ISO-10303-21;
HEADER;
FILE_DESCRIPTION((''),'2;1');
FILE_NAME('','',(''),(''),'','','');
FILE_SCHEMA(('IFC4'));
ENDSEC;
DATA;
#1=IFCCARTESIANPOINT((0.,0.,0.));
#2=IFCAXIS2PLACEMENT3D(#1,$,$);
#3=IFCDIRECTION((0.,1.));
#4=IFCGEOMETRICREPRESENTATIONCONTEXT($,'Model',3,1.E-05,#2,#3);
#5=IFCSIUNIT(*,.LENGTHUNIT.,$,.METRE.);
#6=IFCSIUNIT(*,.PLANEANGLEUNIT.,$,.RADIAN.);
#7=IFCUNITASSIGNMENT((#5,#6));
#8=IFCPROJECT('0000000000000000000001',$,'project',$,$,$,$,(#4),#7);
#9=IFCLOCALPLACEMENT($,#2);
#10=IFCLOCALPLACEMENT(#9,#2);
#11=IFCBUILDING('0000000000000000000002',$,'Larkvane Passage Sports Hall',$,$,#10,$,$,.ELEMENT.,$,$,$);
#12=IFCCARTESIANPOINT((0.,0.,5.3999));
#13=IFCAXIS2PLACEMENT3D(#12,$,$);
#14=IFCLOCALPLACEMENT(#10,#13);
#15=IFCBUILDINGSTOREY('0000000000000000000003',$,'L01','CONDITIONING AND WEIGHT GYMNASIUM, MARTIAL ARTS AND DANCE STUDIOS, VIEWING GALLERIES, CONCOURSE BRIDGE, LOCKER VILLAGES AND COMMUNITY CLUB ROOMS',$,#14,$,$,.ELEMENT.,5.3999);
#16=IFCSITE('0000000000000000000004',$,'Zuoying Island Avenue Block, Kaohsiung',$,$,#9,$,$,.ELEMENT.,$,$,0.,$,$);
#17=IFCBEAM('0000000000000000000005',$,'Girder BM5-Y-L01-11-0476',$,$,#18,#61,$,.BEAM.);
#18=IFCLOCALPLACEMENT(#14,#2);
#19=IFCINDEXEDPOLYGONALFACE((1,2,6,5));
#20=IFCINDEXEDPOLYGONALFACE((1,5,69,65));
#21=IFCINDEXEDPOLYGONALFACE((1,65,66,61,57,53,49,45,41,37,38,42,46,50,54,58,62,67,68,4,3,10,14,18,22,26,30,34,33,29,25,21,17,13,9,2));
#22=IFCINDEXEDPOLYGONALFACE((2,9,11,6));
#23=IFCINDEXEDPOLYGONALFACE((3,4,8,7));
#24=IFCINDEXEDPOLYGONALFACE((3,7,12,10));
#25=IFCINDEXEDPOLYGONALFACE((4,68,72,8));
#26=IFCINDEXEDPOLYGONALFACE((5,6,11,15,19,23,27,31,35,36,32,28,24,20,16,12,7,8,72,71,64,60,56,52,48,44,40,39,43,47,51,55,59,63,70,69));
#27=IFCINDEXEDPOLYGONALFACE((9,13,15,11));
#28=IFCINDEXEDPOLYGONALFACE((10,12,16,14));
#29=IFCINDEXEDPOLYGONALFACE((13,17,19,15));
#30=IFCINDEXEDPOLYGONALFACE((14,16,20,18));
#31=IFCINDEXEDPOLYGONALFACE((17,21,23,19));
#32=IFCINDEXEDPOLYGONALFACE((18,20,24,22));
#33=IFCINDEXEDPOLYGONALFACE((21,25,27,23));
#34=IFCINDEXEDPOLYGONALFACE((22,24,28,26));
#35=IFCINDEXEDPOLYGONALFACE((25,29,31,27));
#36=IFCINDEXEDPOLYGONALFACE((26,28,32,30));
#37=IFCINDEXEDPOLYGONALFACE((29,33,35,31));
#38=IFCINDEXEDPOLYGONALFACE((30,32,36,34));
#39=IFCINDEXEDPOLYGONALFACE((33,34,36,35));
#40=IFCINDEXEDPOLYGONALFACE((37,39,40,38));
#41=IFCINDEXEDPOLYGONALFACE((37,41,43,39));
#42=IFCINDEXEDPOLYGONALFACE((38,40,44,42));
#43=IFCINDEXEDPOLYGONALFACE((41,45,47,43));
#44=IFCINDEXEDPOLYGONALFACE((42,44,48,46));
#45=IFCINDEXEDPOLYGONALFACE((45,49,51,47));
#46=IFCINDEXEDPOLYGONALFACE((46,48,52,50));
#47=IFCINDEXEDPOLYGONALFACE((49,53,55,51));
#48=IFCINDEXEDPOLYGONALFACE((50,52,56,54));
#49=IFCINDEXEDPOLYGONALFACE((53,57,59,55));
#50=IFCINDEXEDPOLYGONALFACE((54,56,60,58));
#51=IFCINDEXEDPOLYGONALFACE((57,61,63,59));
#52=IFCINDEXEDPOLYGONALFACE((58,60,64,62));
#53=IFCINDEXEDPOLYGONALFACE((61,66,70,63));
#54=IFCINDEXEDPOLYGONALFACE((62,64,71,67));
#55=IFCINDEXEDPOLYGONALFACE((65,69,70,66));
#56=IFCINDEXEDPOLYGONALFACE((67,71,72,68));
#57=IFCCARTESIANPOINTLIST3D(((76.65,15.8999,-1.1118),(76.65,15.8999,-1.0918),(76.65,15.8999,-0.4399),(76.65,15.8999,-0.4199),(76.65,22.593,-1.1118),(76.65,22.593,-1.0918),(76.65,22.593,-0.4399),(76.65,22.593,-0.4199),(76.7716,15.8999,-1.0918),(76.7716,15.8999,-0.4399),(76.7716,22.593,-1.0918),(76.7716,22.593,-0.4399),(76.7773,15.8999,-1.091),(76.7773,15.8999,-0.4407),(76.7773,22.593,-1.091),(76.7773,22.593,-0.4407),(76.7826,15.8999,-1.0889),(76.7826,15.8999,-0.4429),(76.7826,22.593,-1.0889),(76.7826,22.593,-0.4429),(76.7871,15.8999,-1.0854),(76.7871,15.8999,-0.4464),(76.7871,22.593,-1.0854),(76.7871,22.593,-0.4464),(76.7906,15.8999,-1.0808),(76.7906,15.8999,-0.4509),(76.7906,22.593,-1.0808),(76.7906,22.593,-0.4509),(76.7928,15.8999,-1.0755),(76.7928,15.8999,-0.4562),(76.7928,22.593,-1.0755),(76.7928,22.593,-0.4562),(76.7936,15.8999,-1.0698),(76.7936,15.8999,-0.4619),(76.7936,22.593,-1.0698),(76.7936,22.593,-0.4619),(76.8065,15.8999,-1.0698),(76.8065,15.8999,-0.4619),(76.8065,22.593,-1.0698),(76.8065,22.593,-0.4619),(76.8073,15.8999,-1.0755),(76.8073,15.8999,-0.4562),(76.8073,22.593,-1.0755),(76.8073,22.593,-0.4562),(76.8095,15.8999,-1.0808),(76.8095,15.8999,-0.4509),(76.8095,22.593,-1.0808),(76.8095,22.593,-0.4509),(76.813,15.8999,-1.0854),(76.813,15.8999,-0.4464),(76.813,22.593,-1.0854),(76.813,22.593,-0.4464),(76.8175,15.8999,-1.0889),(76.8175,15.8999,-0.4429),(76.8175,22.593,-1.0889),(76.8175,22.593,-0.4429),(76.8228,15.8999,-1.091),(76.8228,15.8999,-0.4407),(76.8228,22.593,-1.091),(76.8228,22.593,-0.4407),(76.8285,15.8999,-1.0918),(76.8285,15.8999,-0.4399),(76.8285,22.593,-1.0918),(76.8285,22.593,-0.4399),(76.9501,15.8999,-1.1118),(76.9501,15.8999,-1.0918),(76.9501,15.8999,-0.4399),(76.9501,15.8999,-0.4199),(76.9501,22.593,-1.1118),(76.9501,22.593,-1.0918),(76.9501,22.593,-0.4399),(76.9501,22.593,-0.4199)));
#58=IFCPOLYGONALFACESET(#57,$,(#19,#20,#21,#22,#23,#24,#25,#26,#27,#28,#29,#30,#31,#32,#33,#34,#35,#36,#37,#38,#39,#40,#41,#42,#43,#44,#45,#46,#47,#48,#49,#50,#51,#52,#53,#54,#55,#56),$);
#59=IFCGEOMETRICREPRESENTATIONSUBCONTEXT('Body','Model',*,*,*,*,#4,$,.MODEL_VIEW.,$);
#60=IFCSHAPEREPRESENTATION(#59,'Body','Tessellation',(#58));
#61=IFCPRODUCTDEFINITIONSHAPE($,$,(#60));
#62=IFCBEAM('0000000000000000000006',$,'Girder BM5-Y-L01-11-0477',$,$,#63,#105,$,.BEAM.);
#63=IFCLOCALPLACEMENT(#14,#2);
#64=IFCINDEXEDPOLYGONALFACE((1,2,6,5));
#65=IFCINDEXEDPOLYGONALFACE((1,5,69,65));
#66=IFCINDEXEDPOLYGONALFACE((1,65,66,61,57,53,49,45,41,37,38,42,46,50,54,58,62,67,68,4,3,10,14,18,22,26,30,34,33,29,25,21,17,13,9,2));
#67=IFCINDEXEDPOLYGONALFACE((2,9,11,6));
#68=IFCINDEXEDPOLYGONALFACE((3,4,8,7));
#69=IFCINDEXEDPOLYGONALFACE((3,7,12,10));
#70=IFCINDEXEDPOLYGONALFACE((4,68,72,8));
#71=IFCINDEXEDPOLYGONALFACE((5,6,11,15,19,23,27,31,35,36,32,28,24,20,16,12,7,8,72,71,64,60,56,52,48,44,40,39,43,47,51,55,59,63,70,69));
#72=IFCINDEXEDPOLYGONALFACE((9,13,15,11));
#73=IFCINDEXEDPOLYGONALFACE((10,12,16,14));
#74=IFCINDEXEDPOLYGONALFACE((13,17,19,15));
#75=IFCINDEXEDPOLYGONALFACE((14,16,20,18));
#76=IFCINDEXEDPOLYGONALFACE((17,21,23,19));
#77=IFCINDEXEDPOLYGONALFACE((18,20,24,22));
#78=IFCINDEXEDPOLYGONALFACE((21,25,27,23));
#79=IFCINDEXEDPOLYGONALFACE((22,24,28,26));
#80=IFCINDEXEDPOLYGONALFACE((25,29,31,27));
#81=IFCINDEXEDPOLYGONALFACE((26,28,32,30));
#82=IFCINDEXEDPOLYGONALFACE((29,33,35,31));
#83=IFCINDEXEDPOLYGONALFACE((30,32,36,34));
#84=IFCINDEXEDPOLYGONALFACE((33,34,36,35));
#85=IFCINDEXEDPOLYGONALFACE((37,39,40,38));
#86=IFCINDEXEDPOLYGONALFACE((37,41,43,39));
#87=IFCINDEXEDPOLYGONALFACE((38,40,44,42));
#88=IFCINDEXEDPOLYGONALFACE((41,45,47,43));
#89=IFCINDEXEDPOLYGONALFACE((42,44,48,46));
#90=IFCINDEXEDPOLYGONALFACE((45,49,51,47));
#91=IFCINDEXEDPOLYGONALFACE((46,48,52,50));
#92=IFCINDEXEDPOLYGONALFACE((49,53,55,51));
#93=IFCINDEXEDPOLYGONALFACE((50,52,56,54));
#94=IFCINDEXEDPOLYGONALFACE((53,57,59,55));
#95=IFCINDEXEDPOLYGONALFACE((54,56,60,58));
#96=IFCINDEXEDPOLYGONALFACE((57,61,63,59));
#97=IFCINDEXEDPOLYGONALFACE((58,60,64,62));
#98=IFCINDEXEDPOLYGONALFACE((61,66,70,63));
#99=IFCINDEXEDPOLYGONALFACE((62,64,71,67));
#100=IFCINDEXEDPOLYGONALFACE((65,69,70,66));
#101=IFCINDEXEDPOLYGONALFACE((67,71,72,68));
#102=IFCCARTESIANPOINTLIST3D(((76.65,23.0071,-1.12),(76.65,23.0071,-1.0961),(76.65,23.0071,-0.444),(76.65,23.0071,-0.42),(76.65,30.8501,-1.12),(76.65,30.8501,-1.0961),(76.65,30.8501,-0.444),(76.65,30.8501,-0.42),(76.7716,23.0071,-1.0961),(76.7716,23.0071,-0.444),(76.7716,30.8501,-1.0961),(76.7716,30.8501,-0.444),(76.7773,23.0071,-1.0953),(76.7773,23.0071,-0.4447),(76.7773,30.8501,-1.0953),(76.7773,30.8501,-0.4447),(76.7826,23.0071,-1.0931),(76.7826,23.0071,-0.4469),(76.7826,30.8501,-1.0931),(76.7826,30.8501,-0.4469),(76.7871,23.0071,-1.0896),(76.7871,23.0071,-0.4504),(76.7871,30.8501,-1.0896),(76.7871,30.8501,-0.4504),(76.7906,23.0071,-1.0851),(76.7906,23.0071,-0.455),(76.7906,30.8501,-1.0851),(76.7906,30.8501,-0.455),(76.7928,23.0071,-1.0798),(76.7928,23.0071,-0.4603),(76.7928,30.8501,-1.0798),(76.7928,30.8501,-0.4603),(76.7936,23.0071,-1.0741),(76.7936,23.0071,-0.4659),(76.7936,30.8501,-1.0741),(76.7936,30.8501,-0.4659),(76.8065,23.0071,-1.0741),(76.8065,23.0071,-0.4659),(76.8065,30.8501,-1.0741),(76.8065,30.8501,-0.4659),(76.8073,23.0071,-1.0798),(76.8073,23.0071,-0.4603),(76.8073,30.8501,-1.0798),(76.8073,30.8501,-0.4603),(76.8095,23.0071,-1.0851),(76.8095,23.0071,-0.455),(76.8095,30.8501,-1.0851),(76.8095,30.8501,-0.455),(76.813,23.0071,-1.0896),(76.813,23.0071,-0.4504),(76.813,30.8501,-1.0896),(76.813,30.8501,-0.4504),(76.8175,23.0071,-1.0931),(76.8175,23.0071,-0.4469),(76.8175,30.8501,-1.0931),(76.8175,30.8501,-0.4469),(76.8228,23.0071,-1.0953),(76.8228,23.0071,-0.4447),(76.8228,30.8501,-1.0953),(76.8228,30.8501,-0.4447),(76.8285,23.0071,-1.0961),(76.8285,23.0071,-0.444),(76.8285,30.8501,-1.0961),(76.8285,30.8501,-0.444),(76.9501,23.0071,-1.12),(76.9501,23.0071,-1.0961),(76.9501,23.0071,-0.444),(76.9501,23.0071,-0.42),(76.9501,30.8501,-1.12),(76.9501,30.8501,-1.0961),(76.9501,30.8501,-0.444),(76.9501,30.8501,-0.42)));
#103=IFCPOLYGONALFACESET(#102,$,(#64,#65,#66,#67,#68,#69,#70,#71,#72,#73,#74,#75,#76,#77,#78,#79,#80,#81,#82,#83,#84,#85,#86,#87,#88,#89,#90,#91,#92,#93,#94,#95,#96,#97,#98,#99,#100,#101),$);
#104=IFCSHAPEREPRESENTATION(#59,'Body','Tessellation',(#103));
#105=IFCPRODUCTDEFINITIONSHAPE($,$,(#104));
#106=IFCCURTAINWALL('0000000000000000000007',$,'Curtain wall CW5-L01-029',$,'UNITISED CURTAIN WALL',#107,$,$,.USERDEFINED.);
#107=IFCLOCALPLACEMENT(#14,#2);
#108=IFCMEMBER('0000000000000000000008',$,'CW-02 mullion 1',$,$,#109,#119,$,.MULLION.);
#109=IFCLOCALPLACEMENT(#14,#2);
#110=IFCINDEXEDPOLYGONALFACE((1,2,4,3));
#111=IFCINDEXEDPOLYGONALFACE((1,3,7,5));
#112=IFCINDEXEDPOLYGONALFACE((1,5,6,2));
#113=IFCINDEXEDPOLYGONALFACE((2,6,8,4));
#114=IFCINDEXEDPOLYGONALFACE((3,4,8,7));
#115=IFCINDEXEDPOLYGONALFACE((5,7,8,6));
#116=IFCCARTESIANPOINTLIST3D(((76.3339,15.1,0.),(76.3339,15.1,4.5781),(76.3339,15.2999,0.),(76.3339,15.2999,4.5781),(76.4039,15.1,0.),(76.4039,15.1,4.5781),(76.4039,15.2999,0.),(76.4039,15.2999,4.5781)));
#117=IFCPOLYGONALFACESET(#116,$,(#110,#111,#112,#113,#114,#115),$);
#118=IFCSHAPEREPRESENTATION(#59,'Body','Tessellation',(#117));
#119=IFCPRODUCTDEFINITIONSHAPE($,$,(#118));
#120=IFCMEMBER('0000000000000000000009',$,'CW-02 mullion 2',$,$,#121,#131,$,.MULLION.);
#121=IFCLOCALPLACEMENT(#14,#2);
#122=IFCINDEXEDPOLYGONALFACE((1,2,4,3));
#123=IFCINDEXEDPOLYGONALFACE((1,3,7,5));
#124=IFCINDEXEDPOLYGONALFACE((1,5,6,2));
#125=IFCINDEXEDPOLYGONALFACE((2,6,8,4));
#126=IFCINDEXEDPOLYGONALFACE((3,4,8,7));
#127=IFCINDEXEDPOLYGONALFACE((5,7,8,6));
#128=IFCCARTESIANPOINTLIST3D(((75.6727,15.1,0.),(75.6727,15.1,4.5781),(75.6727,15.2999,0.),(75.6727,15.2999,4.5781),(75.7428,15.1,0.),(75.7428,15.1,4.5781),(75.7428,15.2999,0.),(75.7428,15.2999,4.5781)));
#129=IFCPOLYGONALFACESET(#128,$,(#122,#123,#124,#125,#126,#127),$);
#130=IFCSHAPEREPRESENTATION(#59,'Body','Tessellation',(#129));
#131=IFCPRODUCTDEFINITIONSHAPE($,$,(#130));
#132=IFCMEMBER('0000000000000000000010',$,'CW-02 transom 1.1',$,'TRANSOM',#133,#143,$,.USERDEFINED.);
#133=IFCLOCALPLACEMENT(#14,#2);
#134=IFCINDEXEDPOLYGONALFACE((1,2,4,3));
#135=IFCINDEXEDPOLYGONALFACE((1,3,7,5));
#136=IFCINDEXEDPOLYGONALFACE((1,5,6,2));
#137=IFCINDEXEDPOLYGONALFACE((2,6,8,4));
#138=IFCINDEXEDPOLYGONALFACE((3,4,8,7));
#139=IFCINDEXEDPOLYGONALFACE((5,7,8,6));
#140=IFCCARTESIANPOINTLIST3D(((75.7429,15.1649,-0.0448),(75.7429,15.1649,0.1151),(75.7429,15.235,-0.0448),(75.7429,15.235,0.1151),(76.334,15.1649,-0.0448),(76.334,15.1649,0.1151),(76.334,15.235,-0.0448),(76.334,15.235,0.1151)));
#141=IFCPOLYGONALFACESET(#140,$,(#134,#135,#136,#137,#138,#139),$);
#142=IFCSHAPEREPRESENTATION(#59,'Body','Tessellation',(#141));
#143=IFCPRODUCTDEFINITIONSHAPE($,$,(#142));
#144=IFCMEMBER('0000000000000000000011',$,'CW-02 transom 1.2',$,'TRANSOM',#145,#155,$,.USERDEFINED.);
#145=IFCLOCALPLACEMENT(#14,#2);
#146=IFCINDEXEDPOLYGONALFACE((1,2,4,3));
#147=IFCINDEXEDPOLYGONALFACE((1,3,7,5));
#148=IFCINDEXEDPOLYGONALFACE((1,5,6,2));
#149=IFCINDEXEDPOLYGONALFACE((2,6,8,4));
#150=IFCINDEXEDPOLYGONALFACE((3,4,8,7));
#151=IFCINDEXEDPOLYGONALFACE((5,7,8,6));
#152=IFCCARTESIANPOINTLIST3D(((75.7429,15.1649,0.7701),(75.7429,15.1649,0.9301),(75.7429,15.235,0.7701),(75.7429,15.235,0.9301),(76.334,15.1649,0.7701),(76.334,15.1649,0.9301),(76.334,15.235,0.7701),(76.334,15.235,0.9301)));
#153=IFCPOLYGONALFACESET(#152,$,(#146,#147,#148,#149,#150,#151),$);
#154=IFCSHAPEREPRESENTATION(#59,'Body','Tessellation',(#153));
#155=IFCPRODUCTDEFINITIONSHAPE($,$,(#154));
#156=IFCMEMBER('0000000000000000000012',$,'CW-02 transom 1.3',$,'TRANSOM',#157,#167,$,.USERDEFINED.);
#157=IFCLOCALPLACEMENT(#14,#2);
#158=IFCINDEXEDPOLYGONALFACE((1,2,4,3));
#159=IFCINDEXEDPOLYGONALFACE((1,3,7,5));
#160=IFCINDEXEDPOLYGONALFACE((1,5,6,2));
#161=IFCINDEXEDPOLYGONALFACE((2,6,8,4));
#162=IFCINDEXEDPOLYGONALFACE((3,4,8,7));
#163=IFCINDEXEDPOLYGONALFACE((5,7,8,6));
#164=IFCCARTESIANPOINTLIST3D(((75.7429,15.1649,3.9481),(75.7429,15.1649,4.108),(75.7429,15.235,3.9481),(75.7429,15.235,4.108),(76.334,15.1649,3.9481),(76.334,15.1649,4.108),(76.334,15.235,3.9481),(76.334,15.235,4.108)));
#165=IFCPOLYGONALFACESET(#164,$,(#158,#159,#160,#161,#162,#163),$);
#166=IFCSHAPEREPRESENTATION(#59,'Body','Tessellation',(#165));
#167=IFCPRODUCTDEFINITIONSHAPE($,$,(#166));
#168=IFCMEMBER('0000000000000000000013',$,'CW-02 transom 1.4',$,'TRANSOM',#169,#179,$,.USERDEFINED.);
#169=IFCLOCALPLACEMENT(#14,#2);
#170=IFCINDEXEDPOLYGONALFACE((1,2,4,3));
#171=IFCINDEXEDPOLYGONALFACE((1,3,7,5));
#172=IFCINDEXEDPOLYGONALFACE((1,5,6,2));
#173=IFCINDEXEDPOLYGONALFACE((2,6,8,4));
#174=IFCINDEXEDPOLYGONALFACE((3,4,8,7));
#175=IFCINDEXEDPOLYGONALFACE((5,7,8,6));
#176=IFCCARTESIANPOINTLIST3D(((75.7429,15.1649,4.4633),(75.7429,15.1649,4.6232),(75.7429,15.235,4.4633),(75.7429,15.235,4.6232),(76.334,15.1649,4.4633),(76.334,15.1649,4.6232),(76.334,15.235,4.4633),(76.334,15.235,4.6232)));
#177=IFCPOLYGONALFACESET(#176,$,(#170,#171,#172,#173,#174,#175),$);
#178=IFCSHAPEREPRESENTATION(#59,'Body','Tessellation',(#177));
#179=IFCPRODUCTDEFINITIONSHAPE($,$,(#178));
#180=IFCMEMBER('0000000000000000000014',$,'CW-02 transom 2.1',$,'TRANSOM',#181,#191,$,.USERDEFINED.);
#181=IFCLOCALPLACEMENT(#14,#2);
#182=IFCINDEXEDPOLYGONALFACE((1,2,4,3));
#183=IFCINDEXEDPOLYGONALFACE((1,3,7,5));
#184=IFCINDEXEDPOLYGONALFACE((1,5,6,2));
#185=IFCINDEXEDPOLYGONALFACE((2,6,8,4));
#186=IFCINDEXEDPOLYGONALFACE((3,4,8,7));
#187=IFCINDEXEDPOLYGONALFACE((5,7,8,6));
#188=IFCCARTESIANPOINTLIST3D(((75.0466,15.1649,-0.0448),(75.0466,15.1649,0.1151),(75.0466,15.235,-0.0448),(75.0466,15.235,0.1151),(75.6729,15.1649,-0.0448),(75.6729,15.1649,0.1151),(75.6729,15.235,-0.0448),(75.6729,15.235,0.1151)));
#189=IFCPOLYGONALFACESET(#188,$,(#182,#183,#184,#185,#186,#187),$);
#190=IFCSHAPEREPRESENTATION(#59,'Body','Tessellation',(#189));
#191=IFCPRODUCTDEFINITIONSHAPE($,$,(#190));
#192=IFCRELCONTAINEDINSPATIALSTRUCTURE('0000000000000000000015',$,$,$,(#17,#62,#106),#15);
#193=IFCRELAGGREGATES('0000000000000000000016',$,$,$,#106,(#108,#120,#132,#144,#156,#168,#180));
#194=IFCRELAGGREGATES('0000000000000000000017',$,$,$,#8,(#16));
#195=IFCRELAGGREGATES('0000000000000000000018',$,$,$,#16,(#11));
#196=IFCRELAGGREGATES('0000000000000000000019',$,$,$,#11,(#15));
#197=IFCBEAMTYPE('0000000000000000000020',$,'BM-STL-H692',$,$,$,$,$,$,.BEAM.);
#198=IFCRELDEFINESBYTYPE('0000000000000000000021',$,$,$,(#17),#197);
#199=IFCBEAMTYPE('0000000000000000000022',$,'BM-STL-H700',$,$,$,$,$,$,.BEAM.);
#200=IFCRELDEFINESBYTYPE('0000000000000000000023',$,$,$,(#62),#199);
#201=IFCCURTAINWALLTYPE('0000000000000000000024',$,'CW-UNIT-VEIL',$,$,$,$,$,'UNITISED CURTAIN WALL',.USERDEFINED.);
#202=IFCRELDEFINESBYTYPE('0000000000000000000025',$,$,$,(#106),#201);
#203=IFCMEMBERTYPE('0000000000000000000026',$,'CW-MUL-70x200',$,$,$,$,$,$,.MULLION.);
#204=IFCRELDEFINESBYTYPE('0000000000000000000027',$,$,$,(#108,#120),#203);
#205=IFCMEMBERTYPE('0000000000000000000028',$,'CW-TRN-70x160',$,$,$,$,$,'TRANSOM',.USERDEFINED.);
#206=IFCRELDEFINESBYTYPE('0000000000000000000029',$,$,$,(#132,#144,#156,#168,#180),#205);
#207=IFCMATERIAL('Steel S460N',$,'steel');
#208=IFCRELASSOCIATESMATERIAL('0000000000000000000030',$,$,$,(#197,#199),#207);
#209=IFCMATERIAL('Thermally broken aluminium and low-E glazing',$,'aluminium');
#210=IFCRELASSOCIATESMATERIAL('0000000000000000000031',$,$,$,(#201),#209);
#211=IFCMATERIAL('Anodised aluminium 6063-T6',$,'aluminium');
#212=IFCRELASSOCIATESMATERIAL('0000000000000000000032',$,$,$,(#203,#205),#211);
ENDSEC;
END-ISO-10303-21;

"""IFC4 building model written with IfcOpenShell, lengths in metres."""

from ifc_helpers import new_model, si_unit, direction, frame, origin, origin_2d, place, context, subcontext, project, spatial, rectangle, i_section, extrude, material, material_profile, profile_set, type_object, element, aggregate, save


model = new_model("IFC4")

# Units and contexts
model_context = context("Model", 3, precision=1e-05, world=origin(), true_north=direction((0.0, 1.0)))
body_context = subcontext(model_context, "Body", "Model", "MODEL_VIEW")
ifc_project = project(units=[si_unit("LENGTHUNIT", "METRE"), si_unit("PLANEANGLEUNIT", "RADIAN")], contexts=[model_context])

# Site, building, storey
site_placement = place(None, origin())
site = spatial("IfcSite", under=ifc_project, at=site_placement, Name="Zuoying Island Avenue Block, Kaohsiung", CompositionType="ELEMENT", RefElevation=0.0)
building_placement = place(site_placement, origin())
building = spatial("IfcBuilding", under=site, at=building_placement, Name="Larkvane Passage Sports Hall", CompositionType="ELEMENT")
storey_placement = place(building_placement, frame((0.0, 0.0, 5.3999)))
storey = spatial("IfcBuildingStorey", under=building, at=storey_placement, Name="L01", Description="CONDITIONING AND WEIGHT GYMNASIUM, MARTIAL ARTS AND DANCE STUDIOS, VIEWING GALLERIES, CONCOURSE BRIDGE, LOCKER VILLAGES AND COMMUNITY CLUB ROOMS", CompositionType="ELEMENT", Elevation=5.3999)

# Shared definitions
ifc_material_1 = material(Name="Steel S460N", Category="steel")

# Beams
ifc_material_profile_1 = material_profile(ifc_material_1, i_section(OverallWidth=0.3, OverallDepth=0.6919, WebThickness=0.0129, FlangeThickness=0.02, FilletRadius=0.022, at=origin_2d()), Name="H-692x300x13x20")
ifc_profile_set_1 = profile_set([ifc_material_profile_1], Name="Steel S460N")
beam_type_1 = type_object("IfcBeamType", Name="BM-STL-H692", PredefinedType="BEAM", material=ifc_profile_set_1)
beam_1_placement = place(storey_placement, frame((76.8, 15.8999, -0.7659), z_axis=(0.0, 1.0, 0.0), x_axis=(-1.0, 0.0, 0.0)))
element("IfcBeam", 1, at=beam_1_placement, inside=storey, type_object=beam_type_1, Name="Girder BM5-Y-L01-11-0476", PredefinedType="BEAM", context=body_context, shape_type="SweptSolid", body=[
    extrude(i_section(OverallWidth=0.3, OverallDepth=0.6919, WebThickness=0.0129, FlangeThickness=0.02, FilletRadius=0.022, at=origin_2d()), origin(), (0.0, 0.0, 1.0), 6.6931),
])
ifc_material_profile_2 = material_profile(ifc_material_1, i_section(OverallWidth=0.3, OverallDepth=0.7, WebThickness=0.0129, FlangeThickness=0.0239, FilletRadius=0.022, at=origin_2d()), Name="H-700x300x13x24")
ifc_profile_set_2 = profile_set([ifc_material_profile_2], Name="Steel S460N")
beam_type_2 = type_object("IfcBeamType", Name="BM-STL-H700", PredefinedType="BEAM", material=ifc_profile_set_2)
beam_2_placement = place(storey_placement, frame((76.8, 23.0071, -0.77), z_axis=(0.0, 1.0, 0.0), x_axis=(-1.0, 0.0, 0.0)))
element("IfcBeam", 2, at=beam_2_placement, inside=storey, type_object=beam_type_2, Name="Girder BM5-Y-L01-11-0477", PredefinedType="BEAM", context=body_context, shape_type="SweptSolid", body=[
    extrude(i_section(OverallWidth=0.3, OverallDepth=0.7, WebThickness=0.0129, FlangeThickness=0.0239, FilletRadius=0.022, at=origin_2d()), origin(), (0.0, 0.0, 1.0), 7.843),
])

# Curtain wall, members
ifc_material_2 = material(Name="Thermally broken aluminium and low-E glazing", Category="aluminium")
curtain_wall_type = type_object("IfcCurtainWallType", Name="CW-UNIT-VEIL", ElementType="UNITISED CURTAIN WALL", PredefinedType="USERDEFINED", material=ifc_material_2)
curtain_wall_placement = place(storey_placement, origin())
curtain_wall = element("IfcCurtainWall", 3, at=curtain_wall_placement, inside=storey, type_object=curtain_wall_type, Name="Curtain wall CW5-L01-029", ObjectType="UNITISED CURTAIN WALL", PredefinedType="USERDEFINED")
ifc_material_3 = material(Name="Anodised aluminium 6063-T6", Category="aluminium")
ifc_material_profile_3 = material_profile(ifc_material_3, rectangle(XDim=0.0701, YDim=0.2, at=origin_2d()), Name="ALU-MUL-70x200")
ifc_profile_set_3 = profile_set([ifc_material_profile_3], Name="Anodised aluminium 6063-T6")
member_type_1 = type_object("IfcMemberType", Name="CW-MUL-70x200", PredefinedType="MULLION", material=ifc_profile_set_3)
member_1_placement = place(storey_placement, frame((76.3689, 15.2, 0.0), z_axis=(0.0, 0.0, 1.0), x_axis=(-1.0, 0.0, 0.0)))
member_1 = element("IfcMember", 4, at=member_1_placement, type_object=member_type_1, Name="CW-02 mullion 1", PredefinedType="MULLION", context=body_context, shape_type="SweptSolid", body=[
    extrude(rectangle(XDim=0.0701, YDim=0.2, at=origin_2d()), origin(), (0.0, 0.0, 1.0), 4.5781),
])
member_2_placement = place(storey_placement, frame((75.7078, 15.2, 0.0), z_axis=(0.0, 0.0, 1.0), x_axis=(-1.0, 0.0, 0.0)))
member_2 = element("IfcMember", 5, at=member_2_placement, type_object=member_type_1, Name="CW-02 mullion 2", PredefinedType="MULLION", context=body_context, shape_type="SweptSolid", body=[
    extrude(rectangle(XDim=0.0701, YDim=0.2, at=origin_2d()), origin(), (0.0, 0.0, 1.0), 4.5781),
])
ifc_material_profile_4 = material_profile(ifc_material_3, rectangle(XDim=0.0701, YDim=0.1599, at=origin_2d()), Name="ALU-TRN-70x160")
ifc_profile_set_4 = profile_set([ifc_material_profile_4], Name="Anodised aluminium 6063-T6")
member_type_2 = type_object("IfcMemberType", Name="CW-TRN-70x160", ElementType="TRANSOM", PredefinedType="USERDEFINED", material=ifc_profile_set_4)
member_3_placement = place(storey_placement, frame((76.334, 15.2, 0.0352), z_axis=(-1.0, 0.0, 0.0), x_axis=(0.0, -1.0, 0.0)))
member_3 = element("IfcMember", 6, at=member_3_placement, type_object=member_type_2, Name="CW-02 transom 1.1", ObjectType="TRANSOM", PredefinedType="USERDEFINED", context=body_context, shape_type="SweptSolid", body=[
    extrude(rectangle(XDim=0.0701, YDim=0.1599, at=origin_2d()), origin(), (0.0, 0.0, 1.0), 0.5911),
])
member_4_placement = place(storey_placement, frame((76.334, 15.2, 0.8501), z_axis=(-1.0, 0.0, 0.0), x_axis=(0.0, -1.0, 0.0)))
member_4 = element("IfcMember", 7, at=member_4_placement, type_object=member_type_2, Name="CW-02 transom 1.2", ObjectType="TRANSOM", PredefinedType="USERDEFINED", context=body_context, shape_type="SweptSolid", body=[
    extrude(rectangle(XDim=0.0701, YDim=0.1599, at=origin_2d()), origin(), (0.0, 0.0, 1.0), 0.5911),
])
member_5_placement = place(storey_placement, frame((76.334, 15.2, 4.0281), z_axis=(-1.0, 0.0, 0.0), x_axis=(0.0, -1.0, 0.0)))
member_5 = element("IfcMember", 8, at=member_5_placement, type_object=member_type_2, Name="CW-02 transom 1.3", ObjectType="TRANSOM", PredefinedType="USERDEFINED", context=body_context, shape_type="SweptSolid", body=[
    extrude(rectangle(XDim=0.0701, YDim=0.1599, at=origin_2d()), origin(), (0.0, 0.0, 1.0), 0.5911),
])
member_6_placement = place(storey_placement, frame((76.334, 15.2, 4.5432), z_axis=(-1.0, 0.0, 0.0), x_axis=(0.0, -1.0, 0.0)))
member_6 = element("IfcMember", 9, at=member_6_placement, type_object=member_type_2, Name="CW-02 transom 1.4", ObjectType="TRANSOM", PredefinedType="USERDEFINED", context=body_context, shape_type="SweptSolid", body=[
    extrude(rectangle(XDim=0.0701, YDim=0.1599, at=origin_2d()), origin(), (0.0, 0.0, 1.0), 0.5911),
])
member_7_placement = place(storey_placement, frame((75.6729, 15.2, 0.0352), z_axis=(-1.0, 0.0, 0.0), x_axis=(0.0, -1.0, 0.0)))
member_7 = element("IfcMember", 10, at=member_7_placement, type_object=member_type_2, Name="CW-02 transom 2.1", ObjectType="TRANSOM", PredefinedType="USERDEFINED", context=body_context, shape_type="SweptSolid", body=[
    extrude(rectangle(XDim=0.0701, YDim=0.1599, at=origin_2d()), origin(), (0.0, 0.0, 1.0), 0.6262),
])

aggregate(curtain_wall, [member_1, member_2, member_3, member_4, member_5, member_6, member_7])

save(model, "model.ifc")
